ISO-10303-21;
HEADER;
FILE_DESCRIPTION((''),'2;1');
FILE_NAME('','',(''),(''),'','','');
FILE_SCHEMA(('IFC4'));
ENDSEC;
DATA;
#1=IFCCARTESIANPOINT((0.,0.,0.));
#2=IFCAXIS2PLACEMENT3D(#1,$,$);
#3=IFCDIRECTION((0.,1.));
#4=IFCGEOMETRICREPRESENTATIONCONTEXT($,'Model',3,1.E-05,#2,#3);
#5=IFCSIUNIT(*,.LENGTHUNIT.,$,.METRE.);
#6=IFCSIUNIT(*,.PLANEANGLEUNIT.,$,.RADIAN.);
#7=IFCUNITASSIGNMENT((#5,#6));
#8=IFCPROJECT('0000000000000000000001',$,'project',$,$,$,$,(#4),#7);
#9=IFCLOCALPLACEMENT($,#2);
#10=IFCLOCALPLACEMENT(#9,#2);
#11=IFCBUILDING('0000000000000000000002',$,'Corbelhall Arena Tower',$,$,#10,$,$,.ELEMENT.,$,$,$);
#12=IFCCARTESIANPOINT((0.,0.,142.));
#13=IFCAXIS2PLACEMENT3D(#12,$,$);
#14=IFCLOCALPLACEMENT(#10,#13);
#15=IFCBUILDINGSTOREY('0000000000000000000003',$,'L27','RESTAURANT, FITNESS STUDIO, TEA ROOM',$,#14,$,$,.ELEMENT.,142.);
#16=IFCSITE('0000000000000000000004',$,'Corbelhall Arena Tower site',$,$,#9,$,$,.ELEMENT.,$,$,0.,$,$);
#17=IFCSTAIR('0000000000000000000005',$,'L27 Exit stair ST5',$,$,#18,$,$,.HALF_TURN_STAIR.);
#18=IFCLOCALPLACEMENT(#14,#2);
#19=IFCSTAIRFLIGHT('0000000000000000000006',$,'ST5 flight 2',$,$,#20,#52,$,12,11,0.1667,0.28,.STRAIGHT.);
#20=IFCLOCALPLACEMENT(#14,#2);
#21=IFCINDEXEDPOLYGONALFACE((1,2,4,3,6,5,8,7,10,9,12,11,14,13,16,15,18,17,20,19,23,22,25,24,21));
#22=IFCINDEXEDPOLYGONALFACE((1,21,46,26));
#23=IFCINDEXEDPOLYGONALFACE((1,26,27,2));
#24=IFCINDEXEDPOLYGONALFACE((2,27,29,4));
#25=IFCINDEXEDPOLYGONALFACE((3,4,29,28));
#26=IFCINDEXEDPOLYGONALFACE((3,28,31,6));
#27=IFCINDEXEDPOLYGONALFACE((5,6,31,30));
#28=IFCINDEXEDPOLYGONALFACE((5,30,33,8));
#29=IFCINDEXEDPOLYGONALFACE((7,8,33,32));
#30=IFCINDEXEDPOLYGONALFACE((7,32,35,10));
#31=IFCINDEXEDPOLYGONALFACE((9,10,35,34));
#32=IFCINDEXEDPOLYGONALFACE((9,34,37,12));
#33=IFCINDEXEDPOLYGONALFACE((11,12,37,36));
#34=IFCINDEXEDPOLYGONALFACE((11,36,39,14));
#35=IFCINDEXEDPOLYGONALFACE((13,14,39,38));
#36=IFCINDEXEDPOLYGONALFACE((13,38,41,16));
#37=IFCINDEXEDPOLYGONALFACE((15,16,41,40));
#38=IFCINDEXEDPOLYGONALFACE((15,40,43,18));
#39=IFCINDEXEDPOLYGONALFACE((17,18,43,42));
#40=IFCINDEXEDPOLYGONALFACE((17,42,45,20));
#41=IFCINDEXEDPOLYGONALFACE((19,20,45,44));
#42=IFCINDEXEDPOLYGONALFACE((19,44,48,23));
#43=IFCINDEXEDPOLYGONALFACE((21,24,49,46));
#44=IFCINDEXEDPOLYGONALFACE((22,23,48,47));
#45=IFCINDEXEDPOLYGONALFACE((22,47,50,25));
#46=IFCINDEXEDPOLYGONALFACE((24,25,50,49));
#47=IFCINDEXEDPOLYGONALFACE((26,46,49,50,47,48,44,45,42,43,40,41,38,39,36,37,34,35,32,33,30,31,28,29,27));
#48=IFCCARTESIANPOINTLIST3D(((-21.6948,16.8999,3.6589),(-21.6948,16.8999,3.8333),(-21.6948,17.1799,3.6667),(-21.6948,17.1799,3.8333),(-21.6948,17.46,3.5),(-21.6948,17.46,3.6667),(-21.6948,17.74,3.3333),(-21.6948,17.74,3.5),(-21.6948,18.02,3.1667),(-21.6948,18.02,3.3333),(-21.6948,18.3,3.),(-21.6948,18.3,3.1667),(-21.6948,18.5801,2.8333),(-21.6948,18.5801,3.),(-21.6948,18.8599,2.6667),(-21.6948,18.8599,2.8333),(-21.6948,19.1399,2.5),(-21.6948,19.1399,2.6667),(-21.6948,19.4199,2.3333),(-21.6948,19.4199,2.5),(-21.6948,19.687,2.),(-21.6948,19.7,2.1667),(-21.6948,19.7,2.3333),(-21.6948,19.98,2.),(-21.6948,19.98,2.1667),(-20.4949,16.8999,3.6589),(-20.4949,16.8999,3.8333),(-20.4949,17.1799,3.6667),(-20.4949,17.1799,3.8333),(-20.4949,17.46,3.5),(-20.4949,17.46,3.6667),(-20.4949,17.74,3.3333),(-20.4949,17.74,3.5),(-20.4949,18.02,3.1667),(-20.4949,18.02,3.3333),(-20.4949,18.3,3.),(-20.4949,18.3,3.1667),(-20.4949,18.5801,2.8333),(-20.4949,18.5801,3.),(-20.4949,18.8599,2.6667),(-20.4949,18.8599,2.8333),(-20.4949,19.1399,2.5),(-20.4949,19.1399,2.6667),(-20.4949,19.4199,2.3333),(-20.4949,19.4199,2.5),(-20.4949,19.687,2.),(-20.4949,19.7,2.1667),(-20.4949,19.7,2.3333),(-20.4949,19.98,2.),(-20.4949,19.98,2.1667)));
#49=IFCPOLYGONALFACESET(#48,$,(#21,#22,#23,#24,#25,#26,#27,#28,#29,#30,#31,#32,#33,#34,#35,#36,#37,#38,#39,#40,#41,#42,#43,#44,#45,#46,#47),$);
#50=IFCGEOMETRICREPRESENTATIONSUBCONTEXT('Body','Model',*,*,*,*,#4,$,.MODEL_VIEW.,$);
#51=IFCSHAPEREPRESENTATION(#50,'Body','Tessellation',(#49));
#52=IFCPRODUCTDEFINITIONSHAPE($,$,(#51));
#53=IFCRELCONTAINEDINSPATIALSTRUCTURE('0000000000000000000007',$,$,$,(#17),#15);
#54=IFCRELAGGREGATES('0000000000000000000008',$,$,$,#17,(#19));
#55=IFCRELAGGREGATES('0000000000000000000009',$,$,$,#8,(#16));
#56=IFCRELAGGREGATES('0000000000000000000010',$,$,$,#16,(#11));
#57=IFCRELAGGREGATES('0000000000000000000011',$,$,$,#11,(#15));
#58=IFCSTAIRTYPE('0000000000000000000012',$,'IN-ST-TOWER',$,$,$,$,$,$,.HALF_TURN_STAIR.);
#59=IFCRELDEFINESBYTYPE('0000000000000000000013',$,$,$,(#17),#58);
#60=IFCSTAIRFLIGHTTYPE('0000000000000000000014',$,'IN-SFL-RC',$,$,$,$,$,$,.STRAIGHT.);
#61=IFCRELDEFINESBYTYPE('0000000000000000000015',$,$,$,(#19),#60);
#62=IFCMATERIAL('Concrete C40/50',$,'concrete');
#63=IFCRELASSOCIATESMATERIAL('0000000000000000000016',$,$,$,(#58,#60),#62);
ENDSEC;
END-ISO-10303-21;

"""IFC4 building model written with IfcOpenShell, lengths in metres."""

from ifc_helpers import new_model, si_unit, direction, frame, origin, place, context, subcontext, project, spatial, polyline, outline, extrude, material, type_object, element, aggregate, save


model = new_model("IFC4")

# Units and contexts
model_context = context("Model", 3, precision=1e-05, world=origin(), true_north=direction((0.0, 1.0)))
body_context = subcontext(model_context, "Body", "Model", "MODEL_VIEW")
ifc_project = project(units=[si_unit("LENGTHUNIT", "METRE"), si_unit("PLANEANGLEUNIT", "RADIAN")], contexts=[model_context])

# Site, building, storey
site_placement = place(None, origin())
site = spatial("IfcSite", under=ifc_project, at=site_placement, Name="Corbelhall Arena Tower site", CompositionType="ELEMENT", RefElevation=0.0)
building_placement = place(site_placement, origin())
building = spatial("IfcBuilding", under=site, at=building_placement, Name="Corbelhall Arena Tower", CompositionType="ELEMENT")
storey_placement = place(building_placement, frame((0.0, 0.0, 142.0)))
storey = spatial("IfcBuildingStorey", under=building, at=storey_placement, Name="L27", Description="RESTAURANT, FITNESS STUDIO, TEA ROOM", CompositionType="ELEMENT", Elevation=142.0)

# Shared definitions
ifc_material_1 = material(Name="Concrete C40/50", Category="concrete")

# Shared definitions
stair_type = type_object("IfcStairType", Name="IN-ST-TOWER", PredefinedType="HALF_TURN_STAIR", material=ifc_material_1)
stair_flight_type = type_object("IfcStairFlightType", Name="IN-SFL-RC", PredefinedType="STRAIGHT", material=ifc_material_1)

# Stair, stair flight
stair_1_placement = place(storey_placement, origin())
stair_1 = element("IfcStair", 1, at=stair_1_placement, inside=storey, type_object=stair_type, Name="L27 Exit stair ST5", PredefinedType="HALF_TURN_STAIR")
stair_flight_1_placement = place(storey_placement, frame((-21.095, 19.98, 2.0), z_axis=(0.0, 0.0, 1.0), x_axis=(0.0, -1.0, 0.0)))
stair_flight_1 = element("IfcStairFlight", 2, at=stair_flight_1_placement, type_object=stair_flight_type, Name="ST5 flight 2", NumberOfRisers=12, NumberOfTreads=11, PredefinedType="STRAIGHT", RiserHeight=0.1667, TreadLength=0.28, context=body_context, shape_type="SweptSolid", body=[
    extrude(outline(polyline([(0.0, 0.0), (0.0, 0.1667), (0.28, 0.1667), (0.28, 0.3333), (0.5601, 0.3333), (0.5601, 0.5), (0.8401, 0.5), (0.8401, 0.6667), (1.1201, 0.6667), (1.1201, 0.8333), (1.3999, 0.8333), (1.3999, 1.0), (1.6799, 1.0), (1.6799, 1.1667), (1.96, 1.1667), (1.96, 1.3333), (2.24, 1.3333), (2.24, 1.5), (2.52, 1.5), (2.52, 1.6667), (2.8, 1.6667), (2.8, 1.8333), (3.0801, 1.8333), (3.0801, 2.0), (3.0801, 1.6589), (0.293, 0.0), (0.0, 0.0)])), frame((0.0, 0.6001, 0.0), z_axis=(0.0, -1.0, 0.0), x_axis=(1.0, 0.0, 0.0)), (0.0, 0.0, 1.0), 1.2),
])
aggregate(stair_1, [stair_flight_1])

save(model, "model.ifc")
